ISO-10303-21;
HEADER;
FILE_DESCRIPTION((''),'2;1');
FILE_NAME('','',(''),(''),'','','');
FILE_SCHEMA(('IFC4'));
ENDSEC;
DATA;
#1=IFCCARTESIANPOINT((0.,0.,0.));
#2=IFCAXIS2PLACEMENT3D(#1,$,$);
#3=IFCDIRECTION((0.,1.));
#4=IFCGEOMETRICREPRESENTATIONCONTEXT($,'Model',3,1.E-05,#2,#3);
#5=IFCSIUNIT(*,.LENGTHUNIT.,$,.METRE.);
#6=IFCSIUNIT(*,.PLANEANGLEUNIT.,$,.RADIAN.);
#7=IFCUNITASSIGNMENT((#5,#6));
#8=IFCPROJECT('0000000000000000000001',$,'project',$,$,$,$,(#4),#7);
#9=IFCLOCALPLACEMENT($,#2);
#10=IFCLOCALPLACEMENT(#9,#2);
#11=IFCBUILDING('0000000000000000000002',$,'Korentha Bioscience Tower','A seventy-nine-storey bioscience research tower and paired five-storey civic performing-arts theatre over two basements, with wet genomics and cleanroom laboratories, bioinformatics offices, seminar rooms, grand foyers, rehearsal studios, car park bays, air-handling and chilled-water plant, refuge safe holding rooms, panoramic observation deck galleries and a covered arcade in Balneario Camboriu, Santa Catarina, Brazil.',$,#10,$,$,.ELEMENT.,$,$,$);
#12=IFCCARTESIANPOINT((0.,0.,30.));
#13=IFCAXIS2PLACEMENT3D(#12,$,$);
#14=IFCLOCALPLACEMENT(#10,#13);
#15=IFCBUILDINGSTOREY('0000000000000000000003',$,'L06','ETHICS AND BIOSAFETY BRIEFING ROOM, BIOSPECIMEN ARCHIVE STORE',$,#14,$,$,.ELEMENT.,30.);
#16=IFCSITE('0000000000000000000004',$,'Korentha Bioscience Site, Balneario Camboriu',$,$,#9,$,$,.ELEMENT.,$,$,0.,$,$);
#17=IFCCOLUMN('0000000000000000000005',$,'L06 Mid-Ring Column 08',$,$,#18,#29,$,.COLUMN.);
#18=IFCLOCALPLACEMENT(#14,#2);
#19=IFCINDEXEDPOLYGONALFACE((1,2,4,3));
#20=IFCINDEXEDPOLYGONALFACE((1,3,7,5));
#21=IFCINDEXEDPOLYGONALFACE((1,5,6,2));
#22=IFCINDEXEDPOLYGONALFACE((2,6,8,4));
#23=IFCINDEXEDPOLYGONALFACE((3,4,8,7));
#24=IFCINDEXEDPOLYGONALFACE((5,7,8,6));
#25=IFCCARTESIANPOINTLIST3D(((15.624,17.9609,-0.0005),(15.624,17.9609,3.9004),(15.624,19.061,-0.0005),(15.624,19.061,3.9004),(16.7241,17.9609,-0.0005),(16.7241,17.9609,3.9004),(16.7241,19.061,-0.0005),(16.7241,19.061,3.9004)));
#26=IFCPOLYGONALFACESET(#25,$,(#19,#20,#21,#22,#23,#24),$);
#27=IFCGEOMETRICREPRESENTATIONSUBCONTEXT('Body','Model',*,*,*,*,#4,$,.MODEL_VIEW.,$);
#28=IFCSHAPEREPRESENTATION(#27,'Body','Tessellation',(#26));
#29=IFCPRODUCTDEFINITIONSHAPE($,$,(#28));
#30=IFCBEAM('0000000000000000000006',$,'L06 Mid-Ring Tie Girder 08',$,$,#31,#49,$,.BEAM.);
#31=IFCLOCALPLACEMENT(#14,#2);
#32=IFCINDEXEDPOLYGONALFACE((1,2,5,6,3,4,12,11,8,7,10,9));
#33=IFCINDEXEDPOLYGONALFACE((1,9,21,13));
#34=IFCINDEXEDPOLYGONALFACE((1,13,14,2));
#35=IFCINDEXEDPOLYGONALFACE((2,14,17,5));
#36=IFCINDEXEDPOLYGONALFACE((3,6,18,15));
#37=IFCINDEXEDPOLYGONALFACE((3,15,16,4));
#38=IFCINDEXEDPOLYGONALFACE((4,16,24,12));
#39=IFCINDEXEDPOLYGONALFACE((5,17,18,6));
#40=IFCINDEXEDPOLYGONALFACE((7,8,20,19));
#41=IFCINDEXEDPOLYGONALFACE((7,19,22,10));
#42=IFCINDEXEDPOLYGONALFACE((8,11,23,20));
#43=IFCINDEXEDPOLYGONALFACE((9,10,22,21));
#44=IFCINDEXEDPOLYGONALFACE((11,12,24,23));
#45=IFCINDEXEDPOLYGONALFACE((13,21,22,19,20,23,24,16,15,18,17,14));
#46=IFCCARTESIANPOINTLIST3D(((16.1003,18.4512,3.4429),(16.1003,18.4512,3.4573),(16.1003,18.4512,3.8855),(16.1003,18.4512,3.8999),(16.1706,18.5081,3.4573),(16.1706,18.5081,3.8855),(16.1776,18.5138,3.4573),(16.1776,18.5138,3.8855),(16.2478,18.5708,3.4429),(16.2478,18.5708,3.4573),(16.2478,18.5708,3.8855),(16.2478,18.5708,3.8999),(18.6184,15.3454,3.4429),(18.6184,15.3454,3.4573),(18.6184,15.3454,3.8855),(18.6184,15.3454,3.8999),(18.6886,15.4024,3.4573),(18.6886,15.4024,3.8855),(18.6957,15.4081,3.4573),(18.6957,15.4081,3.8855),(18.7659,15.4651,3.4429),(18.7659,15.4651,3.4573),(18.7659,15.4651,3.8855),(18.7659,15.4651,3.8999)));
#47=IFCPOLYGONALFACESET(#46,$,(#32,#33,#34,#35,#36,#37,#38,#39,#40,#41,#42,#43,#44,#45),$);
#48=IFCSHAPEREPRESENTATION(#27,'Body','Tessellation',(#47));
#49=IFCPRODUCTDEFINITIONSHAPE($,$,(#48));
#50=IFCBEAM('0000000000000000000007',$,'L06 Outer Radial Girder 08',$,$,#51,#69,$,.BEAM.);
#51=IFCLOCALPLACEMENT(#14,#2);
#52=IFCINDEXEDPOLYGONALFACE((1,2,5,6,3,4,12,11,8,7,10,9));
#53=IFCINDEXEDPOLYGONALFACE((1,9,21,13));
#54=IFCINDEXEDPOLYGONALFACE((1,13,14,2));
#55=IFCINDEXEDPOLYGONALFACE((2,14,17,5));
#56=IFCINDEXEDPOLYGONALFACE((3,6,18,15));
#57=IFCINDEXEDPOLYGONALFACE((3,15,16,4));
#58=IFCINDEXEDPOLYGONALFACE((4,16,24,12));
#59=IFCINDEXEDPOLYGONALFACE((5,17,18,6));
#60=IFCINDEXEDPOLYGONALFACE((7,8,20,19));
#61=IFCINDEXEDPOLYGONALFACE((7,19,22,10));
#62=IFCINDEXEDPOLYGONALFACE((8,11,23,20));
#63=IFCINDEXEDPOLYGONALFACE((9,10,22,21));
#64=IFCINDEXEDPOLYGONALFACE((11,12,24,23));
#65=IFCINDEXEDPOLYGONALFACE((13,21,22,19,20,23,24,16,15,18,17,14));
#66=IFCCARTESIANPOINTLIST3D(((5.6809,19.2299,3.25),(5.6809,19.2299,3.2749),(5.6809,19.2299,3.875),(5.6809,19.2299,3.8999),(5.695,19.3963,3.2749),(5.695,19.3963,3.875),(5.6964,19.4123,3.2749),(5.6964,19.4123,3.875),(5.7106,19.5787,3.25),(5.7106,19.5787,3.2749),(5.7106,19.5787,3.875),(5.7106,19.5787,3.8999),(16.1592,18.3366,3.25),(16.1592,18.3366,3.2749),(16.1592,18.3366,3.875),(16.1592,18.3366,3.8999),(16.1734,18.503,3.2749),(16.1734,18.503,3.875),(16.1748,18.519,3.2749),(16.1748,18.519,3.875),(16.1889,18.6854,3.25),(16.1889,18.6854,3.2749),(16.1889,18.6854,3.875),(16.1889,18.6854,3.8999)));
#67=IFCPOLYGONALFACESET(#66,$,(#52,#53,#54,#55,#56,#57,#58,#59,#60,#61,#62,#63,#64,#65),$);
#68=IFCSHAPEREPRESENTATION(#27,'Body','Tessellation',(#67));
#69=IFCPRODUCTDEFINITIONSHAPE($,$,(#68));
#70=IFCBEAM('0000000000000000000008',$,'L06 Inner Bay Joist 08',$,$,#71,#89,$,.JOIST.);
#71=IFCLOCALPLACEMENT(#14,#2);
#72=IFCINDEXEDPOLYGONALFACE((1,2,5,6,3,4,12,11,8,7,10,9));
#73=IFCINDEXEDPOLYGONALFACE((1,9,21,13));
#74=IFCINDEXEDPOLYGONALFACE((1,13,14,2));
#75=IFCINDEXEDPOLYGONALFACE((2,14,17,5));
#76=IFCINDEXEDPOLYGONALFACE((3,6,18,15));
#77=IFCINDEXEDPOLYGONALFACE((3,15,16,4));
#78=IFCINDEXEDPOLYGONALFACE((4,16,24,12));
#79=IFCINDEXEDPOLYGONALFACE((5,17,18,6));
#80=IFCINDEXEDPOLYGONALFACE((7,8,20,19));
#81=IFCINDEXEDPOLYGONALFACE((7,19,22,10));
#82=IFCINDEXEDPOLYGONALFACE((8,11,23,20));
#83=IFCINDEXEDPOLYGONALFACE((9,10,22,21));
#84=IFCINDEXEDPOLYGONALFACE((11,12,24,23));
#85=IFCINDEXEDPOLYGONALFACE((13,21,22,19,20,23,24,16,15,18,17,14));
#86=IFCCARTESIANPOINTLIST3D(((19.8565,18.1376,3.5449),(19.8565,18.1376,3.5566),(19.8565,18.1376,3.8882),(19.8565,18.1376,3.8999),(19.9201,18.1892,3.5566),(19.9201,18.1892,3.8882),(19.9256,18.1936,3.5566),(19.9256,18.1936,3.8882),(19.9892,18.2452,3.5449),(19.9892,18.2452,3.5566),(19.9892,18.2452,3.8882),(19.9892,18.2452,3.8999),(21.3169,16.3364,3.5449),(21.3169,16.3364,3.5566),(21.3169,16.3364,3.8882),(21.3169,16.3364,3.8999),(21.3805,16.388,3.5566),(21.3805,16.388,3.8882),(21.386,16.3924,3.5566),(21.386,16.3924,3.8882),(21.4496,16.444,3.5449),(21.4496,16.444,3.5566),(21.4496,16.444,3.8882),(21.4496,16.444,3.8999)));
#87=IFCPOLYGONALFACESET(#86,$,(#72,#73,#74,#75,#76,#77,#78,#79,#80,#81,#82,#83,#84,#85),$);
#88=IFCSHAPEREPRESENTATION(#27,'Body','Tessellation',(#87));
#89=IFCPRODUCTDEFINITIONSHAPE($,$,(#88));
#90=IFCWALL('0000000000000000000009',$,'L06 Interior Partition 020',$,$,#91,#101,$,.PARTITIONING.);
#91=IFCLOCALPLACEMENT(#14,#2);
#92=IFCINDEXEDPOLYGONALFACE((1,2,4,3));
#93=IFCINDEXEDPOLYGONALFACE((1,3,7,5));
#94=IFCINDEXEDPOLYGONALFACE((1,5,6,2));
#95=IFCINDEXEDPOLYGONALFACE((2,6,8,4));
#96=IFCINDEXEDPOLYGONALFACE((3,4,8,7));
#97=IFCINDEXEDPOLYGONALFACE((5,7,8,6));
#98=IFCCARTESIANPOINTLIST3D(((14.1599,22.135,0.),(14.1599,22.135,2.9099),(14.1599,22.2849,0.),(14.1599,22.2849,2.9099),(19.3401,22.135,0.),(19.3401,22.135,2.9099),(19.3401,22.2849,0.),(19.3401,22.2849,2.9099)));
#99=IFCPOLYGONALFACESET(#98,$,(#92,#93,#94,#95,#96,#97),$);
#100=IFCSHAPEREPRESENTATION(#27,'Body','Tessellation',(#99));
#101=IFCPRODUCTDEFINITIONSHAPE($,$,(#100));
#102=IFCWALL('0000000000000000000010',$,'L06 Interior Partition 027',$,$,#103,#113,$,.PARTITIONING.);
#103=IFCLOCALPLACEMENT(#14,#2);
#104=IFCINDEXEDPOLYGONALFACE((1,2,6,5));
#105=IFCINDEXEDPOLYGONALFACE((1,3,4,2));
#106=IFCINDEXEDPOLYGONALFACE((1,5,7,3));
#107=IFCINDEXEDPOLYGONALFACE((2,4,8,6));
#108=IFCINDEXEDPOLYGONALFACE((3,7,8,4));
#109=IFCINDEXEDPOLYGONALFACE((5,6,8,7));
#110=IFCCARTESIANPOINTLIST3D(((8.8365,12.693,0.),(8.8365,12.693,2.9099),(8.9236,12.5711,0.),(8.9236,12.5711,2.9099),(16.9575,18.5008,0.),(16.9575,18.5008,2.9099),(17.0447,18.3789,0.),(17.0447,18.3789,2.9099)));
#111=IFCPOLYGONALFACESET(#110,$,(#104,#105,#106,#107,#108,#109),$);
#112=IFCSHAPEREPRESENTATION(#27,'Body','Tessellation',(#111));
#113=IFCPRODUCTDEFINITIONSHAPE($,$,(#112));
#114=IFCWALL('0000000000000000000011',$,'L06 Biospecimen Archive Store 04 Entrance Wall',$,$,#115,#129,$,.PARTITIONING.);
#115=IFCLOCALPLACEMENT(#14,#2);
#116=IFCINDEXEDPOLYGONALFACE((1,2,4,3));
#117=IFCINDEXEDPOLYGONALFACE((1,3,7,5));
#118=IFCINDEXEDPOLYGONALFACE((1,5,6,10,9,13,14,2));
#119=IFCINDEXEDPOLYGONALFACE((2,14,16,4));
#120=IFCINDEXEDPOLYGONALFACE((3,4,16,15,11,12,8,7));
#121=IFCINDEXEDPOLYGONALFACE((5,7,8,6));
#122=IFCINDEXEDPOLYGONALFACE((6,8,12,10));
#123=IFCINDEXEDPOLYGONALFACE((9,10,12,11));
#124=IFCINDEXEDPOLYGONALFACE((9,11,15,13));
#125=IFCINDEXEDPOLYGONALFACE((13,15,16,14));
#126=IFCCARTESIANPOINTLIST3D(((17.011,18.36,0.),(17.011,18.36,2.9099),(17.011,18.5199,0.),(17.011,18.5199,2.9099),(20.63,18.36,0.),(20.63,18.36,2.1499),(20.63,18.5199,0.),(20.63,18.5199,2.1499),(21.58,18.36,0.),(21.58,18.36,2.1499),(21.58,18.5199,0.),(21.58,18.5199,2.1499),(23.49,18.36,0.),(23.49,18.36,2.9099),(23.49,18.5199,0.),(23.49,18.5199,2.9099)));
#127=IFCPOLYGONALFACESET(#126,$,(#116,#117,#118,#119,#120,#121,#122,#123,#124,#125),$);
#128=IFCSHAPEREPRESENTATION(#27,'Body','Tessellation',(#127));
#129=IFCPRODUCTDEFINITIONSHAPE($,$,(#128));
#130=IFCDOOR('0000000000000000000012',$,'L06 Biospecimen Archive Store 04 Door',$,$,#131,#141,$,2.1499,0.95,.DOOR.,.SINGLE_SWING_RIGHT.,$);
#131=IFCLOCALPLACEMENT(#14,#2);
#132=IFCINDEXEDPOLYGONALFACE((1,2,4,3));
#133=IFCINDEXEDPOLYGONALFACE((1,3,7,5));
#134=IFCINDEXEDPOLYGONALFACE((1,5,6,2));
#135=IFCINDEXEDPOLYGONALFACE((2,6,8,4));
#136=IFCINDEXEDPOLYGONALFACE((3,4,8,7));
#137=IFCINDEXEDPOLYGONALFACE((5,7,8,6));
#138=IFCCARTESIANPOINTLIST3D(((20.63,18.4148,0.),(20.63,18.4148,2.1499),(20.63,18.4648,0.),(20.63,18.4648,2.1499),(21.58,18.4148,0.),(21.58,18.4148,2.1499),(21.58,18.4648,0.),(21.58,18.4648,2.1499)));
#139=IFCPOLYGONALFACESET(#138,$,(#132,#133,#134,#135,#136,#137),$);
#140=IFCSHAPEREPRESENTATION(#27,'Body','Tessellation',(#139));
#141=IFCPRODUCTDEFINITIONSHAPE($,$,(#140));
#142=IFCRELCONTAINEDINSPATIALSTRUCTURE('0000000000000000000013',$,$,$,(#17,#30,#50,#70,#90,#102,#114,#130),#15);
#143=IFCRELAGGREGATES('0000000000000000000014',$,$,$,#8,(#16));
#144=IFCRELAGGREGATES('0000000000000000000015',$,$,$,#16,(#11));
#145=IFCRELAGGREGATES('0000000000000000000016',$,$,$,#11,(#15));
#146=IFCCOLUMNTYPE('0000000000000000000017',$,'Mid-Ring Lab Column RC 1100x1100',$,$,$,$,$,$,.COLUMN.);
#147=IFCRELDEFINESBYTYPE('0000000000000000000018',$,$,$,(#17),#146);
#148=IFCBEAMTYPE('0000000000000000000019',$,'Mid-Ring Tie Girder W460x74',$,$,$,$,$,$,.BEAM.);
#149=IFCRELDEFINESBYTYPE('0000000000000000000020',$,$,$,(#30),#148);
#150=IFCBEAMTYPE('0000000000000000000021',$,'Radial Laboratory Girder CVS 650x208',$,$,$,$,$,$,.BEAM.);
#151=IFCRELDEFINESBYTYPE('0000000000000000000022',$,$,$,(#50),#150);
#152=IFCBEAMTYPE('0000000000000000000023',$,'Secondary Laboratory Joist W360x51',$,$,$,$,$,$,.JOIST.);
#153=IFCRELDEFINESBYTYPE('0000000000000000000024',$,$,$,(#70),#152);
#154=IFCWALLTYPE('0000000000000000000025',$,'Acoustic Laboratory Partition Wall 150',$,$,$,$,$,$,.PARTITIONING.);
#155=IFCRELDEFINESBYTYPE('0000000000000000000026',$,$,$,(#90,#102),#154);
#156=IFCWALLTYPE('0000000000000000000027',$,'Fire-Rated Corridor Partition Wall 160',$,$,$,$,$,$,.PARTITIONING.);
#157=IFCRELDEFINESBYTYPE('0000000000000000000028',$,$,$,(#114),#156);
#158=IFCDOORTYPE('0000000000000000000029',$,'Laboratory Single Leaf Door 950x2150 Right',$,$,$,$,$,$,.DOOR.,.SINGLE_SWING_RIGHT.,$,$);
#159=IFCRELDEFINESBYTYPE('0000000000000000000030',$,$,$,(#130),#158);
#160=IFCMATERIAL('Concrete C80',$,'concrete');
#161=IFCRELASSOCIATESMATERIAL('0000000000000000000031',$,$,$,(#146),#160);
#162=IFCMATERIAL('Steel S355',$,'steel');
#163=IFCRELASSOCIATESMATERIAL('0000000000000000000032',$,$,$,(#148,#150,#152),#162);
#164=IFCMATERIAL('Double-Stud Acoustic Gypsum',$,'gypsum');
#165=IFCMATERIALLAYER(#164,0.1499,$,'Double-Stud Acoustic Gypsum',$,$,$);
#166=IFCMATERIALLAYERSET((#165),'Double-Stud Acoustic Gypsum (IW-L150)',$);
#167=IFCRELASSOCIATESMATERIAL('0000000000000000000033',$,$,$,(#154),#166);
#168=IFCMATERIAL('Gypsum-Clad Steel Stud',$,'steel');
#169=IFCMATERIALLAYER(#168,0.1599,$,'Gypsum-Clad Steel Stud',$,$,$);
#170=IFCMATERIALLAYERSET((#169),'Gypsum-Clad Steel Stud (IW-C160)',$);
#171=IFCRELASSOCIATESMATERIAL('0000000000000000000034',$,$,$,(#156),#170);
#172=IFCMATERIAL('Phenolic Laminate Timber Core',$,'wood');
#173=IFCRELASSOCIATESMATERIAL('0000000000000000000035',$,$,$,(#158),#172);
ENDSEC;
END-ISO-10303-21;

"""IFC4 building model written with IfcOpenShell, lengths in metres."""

from ifc_helpers import new_model, si_unit, direction, frame, frame_2d, origin, origin_2d, place, context, subcontext, project, spatial, rectangle, i_section, extrude, material, layer, layer_set, material_profile, profile_set, type_object, element, fill, save


model = new_model("IFC4")

# Units and contexts
model_context = context("Model", 3, precision=1e-05, world=origin(), true_north=direction((0.0, 1.0)))
body_context = subcontext(model_context, "Body", "Model", "MODEL_VIEW")
ifc_project = project(units=[si_unit("LENGTHUNIT", "METRE"), si_unit("PLANEANGLEUNIT", "RADIAN")], contexts=[model_context])

# Site, building, storey
site_placement = place(None, origin())
site = spatial("IfcSite", under=ifc_project, at=site_placement, Name="Korentha Bioscience Site, Balneario Camboriu", CompositionType="ELEMENT", RefElevation=0.0)
building_placement = place(site_placement, origin())
building = spatial("IfcBuilding", under=site, at=building_placement, Name="Korentha Bioscience Tower", Description="A seventy-nine-storey bioscience research tower and paired five-storey civic performing-arts theatre over two basements, with wet genomics and cleanroom laboratories, bioinformatics offices, seminar rooms, grand foyers, rehearsal studios, car park bays, air-handling and chilled-water plant, refuge safe holding rooms, panoramic observation deck galleries and a covered arcade in Balneario Camboriu, Santa Catarina, Brazil.", CompositionType="ELEMENT")
storey_placement = place(building_placement, frame((0.0, 0.0, 30.0)))
storey = spatial("IfcBuildingStorey", under=building, at=storey_placement, Name="L06", Description="ETHICS AND BIOSAFETY BRIEFING ROOM, BIOSPECIMEN ARCHIVE STORE", CompositionType="ELEMENT", Elevation=30.0)

# Column
ifc_material_1 = material(Name="Concrete C80", Category="concrete")
ifc_material_profile_1 = material_profile(ifc_material_1, rectangle(XDim=1.1001, YDim=1.1001, at=origin_2d()), Name="Concrete C80")
ifc_profile_set_1 = profile_set([ifc_material_profile_1], Name="Concrete C80 (COL-MR11)")
column_type = type_object("IfcColumnType", Name="Mid-Ring Lab Column RC 1100x1100", PredefinedType="COLUMN", material=ifc_profile_set_1)
column_placement = place(storey_placement, frame((16.1741, 18.511, -0.0005), z_axis=(0.0, 0.0, 1.0), x_axis=(1.0, 0.0, 0.0)))
element("IfcColumn", 1, at=column_placement, inside=storey, type_object=column_type, Name="L06 Mid-Ring Column 08", PredefinedType="COLUMN", context=body_context, shape_type="SweptSolid", body=[
    extrude(rectangle(XDim=1.1001, YDim=1.1001, at=origin_2d()), origin(), (0.0, 0.0, 1.0), 3.9009),
])

# Beams
ifc_material_2 = material(Name="Steel S355", Category="steel")
ifc_material_profile_2 = material_profile(ifc_material_2, i_section(OverallWidth=0.1899, OverallDepth=0.457, WebThickness=0.009, FlangeThickness=0.0144, at=origin_2d()), Name="Steel S355")
ifc_profile_set_2 = profile_set([ifc_material_profile_2], Name="Steel S355 (MB-460)")
beam_type_1 = type_object("IfcBeamType", Name="Mid-Ring Tie Girder W460x74", PredefinedType="BEAM", material=ifc_profile_set_2)
beam_1_placement = place(storey_placement, frame((16.1741, 18.511, 3.6714), z_axis=(0.62979, -0.776765, 0.0), x_axis=(0.776765, 0.62979, 0.0)))
element("IfcBeam", 2, at=beam_1_placement, inside=storey, type_object=beam_type_1, Name="L06 Mid-Ring Tie Girder 08", PredefinedType="BEAM", context=body_context, shape_type="SweptSolid", body=[
    extrude(i_section(OverallWidth=0.1899, OverallDepth=0.457, WebThickness=0.009, FlangeThickness=0.0144, at=origin_2d()), origin(), (0.0, 0.0, 1.0), 3.9983),
])
ifc_material_profile_3 = material_profile(ifc_material_2, i_section(OverallWidth=0.3501, OverallDepth=0.6499, WebThickness=0.0161, FlangeThickness=0.0249, at=origin_2d()), Name="Steel S355")
ifc_profile_set_3 = profile_set([ifc_material_profile_3], Name="Steel S355 (RB-650)")
beam_type_2 = type_object("IfcBeamType", Name="Radial Laboratory Girder CVS 650x208", PredefinedType="BEAM", material=ifc_profile_set_3)
beam_2_placement = place(storey_placement, frame((16.1741, 18.511, 3.575), z_axis=(-0.996386, 0.084945, 0.0), x_axis=(-0.084945, -0.996386, 0.0)))
element("IfcBeam", 3, at=beam_2_placement, inside=storey, type_object=beam_type_2, Name="L06 Outer Radial Girder 08", PredefinedType="BEAM", context=body_context, shape_type="SweptSolid", body=[
    extrude(i_section(OverallWidth=0.3501, OverallDepth=0.6499, WebThickness=0.0161, FlangeThickness=0.0249, at=origin_2d()), origin(), (0.0, 0.0, 1.0), 10.5164),
])
ifc_material_profile_4 = material_profile(ifc_material_2, i_section(OverallWidth=0.1709, OverallDepth=0.355, WebThickness=0.0071, FlangeThickness=0.0117, at=origin_2d()), Name="Steel S355")
ifc_profile_set_4 = profile_set([ifc_material_profile_4], Name="Steel S355 (JB-360)")
beam_type_3 = type_object("IfcBeamType", Name="Secondary Laboratory Joist W360x51", PredefinedType="JOIST", material=ifc_profile_set_4)
beam_3_placement = place(storey_placement, frame((19.9229, 18.1914, 3.7224), z_axis=(0.629792, -0.776764, 0.0), x_axis=(0.776764, 0.629792, 0.0)))
element("IfcBeam", 4, at=beam_3_placement, inside=storey, type_object=beam_type_3, Name="L06 Inner Bay Joist 08", PredefinedType="JOIST", context=body_context, shape_type="SweptSolid", body=[
    extrude(i_section(OverallWidth=0.1709, OverallDepth=0.355, WebThickness=0.0071, FlangeThickness=0.0117, at=origin_2d()), origin(), (0.0, 0.0, 1.0), 2.3188),
])

# Walls
ifc_material_3 = material(Name="Double-Stud Acoustic Gypsum", Category="gypsum")
ifc_layer_1 = layer(ifc_material_3, 0.1499, Name="Double-Stud Acoustic Gypsum")
ifc_layer_set_1 = layer_set([ifc_layer_1], Name="Double-Stud Acoustic Gypsum (IW-L150)")
wall_type_1 = type_object("IfcWallType", Name="Acoustic Laboratory Partition Wall 150", PredefinedType="PARTITIONING", material=ifc_layer_set_1)
wall_1_placement = place(storey_placement, frame((19.3401, 22.21, 0.0), z_axis=(0.0, 0.0, 1.0), x_axis=(-1.0, 0.0, 0.0)))
element("IfcWall", 5, at=wall_1_placement, inside=storey, type_object=wall_type_1, Name="L06 Interior Partition 020", PredefinedType="PARTITIONING", context=body_context, shape_type="SweptSolid", body=[
    extrude(rectangle(XDim=5.1802, YDim=0.1499, at=frame_2d((2.5901, 0.0))), origin(), (0.0, 0.0, 1.0), 2.9099),
])
wall_2_placement = place(storey_placement, frame((17.0012, 18.4399, 0.0), z_axis=(0.0, 0.0, 1.0), x_axis=(-0.813398, -0.581708, 0.0)))
element("IfcWall", 6, at=wall_2_placement, inside=storey, type_object=wall_type_1, Name="L06 Interior Partition 027", PredefinedType="PARTITIONING", context=body_context, shape_type="SweptSolid", body=[
    extrude(rectangle(XDim=9.9841, YDim=0.1499, at=frame_2d((4.9922, 0.0))), origin(), (0.0, 0.0, 1.0), 2.9099),
])

# Wall, opening, door
ifc_material_4 = material(Name="Gypsum-Clad Steel Stud", Category="steel")
ifc_layer_2 = layer(ifc_material_4, 0.1599, Name="Gypsum-Clad Steel Stud")
ifc_layer_set_2 = layer_set([ifc_layer_2], Name="Gypsum-Clad Steel Stud (IW-C160)")
wall_type_2 = type_object("IfcWallType", Name="Fire-Rated Corridor Partition Wall 160", PredefinedType="PARTITIONING", material=ifc_layer_set_2)
wall_3_placement = place(storey_placement, frame((17.011, 18.4399, 0.0), z_axis=(0.0, 0.0, 1.0), x_axis=(1.0, 0.0, 0.0)))
wall_3 = element("IfcWall", 7, at=wall_3_placement, inside=storey, type_object=wall_type_2, Name="L06 Biospecimen Archive Store 04 Entrance Wall", PredefinedType="PARTITIONING", context=body_context, shape_type="SweptSolid", body=[
    extrude(rectangle(XDim=6.479, YDim=0.1599, at=frame_2d((3.2395, 0.0))), origin(), (0.0, 0.0, 1.0), 2.9099),
])
opening_1_placement = place(wall_3_placement, frame((3.6189, 0.0, 0.0)))
opening_1 = element("IfcOpeningElement", 8, at=opening_1_placement, cuts=wall_3, PredefinedType="OPENING", context=body_context, shape_type="SweptSolid", body=[
    extrude(rectangle(XDim=0.95, YDim=2.1499, at=frame_2d((0.4751, 1.075))), frame((0.0, 0.0947, 0.0), z_axis=(0.0, -1.0, 0.0), x_axis=(1.0, 0.0, 0.0)), (0.0, 0.0, 1.0), 0.1897),
])
ifc_material_5 = material(Name="Phenolic Laminate Timber Core", Category="wood")
door_type_1 = type_object("IfcDoorType", Name="Laboratory Single Leaf Door 950x2150 Right", OperationType="SINGLE_SWING_RIGHT", PredefinedType="DOOR", material=ifc_material_5)
door_1_placement = place(opening_1_placement, origin())
door_1 = element("IfcDoor", 9, at=door_1_placement, inside=storey, type_object=door_type_1, Name="L06 Biospecimen Archive Store 04 Door", OperationType="SINGLE_SWING_RIGHT", OverallHeight=2.1499, OverallWidth=0.95, PredefinedType="DOOR", context=body_context, shape_type="SweptSolid", body=[
    extrude(rectangle(XDim=0.95, YDim=2.1499, at=frame_2d((0.4751, 1.075))), frame((0.0, 0.0249, 0.0), z_axis=(0.0, -1.0, 0.0), x_axis=(1.0, 0.0, 0.0)), (0.0, 0.0, 1.0), 0.05),
])
fill(opening_1, door_1)

save(model, "model.ifc")
